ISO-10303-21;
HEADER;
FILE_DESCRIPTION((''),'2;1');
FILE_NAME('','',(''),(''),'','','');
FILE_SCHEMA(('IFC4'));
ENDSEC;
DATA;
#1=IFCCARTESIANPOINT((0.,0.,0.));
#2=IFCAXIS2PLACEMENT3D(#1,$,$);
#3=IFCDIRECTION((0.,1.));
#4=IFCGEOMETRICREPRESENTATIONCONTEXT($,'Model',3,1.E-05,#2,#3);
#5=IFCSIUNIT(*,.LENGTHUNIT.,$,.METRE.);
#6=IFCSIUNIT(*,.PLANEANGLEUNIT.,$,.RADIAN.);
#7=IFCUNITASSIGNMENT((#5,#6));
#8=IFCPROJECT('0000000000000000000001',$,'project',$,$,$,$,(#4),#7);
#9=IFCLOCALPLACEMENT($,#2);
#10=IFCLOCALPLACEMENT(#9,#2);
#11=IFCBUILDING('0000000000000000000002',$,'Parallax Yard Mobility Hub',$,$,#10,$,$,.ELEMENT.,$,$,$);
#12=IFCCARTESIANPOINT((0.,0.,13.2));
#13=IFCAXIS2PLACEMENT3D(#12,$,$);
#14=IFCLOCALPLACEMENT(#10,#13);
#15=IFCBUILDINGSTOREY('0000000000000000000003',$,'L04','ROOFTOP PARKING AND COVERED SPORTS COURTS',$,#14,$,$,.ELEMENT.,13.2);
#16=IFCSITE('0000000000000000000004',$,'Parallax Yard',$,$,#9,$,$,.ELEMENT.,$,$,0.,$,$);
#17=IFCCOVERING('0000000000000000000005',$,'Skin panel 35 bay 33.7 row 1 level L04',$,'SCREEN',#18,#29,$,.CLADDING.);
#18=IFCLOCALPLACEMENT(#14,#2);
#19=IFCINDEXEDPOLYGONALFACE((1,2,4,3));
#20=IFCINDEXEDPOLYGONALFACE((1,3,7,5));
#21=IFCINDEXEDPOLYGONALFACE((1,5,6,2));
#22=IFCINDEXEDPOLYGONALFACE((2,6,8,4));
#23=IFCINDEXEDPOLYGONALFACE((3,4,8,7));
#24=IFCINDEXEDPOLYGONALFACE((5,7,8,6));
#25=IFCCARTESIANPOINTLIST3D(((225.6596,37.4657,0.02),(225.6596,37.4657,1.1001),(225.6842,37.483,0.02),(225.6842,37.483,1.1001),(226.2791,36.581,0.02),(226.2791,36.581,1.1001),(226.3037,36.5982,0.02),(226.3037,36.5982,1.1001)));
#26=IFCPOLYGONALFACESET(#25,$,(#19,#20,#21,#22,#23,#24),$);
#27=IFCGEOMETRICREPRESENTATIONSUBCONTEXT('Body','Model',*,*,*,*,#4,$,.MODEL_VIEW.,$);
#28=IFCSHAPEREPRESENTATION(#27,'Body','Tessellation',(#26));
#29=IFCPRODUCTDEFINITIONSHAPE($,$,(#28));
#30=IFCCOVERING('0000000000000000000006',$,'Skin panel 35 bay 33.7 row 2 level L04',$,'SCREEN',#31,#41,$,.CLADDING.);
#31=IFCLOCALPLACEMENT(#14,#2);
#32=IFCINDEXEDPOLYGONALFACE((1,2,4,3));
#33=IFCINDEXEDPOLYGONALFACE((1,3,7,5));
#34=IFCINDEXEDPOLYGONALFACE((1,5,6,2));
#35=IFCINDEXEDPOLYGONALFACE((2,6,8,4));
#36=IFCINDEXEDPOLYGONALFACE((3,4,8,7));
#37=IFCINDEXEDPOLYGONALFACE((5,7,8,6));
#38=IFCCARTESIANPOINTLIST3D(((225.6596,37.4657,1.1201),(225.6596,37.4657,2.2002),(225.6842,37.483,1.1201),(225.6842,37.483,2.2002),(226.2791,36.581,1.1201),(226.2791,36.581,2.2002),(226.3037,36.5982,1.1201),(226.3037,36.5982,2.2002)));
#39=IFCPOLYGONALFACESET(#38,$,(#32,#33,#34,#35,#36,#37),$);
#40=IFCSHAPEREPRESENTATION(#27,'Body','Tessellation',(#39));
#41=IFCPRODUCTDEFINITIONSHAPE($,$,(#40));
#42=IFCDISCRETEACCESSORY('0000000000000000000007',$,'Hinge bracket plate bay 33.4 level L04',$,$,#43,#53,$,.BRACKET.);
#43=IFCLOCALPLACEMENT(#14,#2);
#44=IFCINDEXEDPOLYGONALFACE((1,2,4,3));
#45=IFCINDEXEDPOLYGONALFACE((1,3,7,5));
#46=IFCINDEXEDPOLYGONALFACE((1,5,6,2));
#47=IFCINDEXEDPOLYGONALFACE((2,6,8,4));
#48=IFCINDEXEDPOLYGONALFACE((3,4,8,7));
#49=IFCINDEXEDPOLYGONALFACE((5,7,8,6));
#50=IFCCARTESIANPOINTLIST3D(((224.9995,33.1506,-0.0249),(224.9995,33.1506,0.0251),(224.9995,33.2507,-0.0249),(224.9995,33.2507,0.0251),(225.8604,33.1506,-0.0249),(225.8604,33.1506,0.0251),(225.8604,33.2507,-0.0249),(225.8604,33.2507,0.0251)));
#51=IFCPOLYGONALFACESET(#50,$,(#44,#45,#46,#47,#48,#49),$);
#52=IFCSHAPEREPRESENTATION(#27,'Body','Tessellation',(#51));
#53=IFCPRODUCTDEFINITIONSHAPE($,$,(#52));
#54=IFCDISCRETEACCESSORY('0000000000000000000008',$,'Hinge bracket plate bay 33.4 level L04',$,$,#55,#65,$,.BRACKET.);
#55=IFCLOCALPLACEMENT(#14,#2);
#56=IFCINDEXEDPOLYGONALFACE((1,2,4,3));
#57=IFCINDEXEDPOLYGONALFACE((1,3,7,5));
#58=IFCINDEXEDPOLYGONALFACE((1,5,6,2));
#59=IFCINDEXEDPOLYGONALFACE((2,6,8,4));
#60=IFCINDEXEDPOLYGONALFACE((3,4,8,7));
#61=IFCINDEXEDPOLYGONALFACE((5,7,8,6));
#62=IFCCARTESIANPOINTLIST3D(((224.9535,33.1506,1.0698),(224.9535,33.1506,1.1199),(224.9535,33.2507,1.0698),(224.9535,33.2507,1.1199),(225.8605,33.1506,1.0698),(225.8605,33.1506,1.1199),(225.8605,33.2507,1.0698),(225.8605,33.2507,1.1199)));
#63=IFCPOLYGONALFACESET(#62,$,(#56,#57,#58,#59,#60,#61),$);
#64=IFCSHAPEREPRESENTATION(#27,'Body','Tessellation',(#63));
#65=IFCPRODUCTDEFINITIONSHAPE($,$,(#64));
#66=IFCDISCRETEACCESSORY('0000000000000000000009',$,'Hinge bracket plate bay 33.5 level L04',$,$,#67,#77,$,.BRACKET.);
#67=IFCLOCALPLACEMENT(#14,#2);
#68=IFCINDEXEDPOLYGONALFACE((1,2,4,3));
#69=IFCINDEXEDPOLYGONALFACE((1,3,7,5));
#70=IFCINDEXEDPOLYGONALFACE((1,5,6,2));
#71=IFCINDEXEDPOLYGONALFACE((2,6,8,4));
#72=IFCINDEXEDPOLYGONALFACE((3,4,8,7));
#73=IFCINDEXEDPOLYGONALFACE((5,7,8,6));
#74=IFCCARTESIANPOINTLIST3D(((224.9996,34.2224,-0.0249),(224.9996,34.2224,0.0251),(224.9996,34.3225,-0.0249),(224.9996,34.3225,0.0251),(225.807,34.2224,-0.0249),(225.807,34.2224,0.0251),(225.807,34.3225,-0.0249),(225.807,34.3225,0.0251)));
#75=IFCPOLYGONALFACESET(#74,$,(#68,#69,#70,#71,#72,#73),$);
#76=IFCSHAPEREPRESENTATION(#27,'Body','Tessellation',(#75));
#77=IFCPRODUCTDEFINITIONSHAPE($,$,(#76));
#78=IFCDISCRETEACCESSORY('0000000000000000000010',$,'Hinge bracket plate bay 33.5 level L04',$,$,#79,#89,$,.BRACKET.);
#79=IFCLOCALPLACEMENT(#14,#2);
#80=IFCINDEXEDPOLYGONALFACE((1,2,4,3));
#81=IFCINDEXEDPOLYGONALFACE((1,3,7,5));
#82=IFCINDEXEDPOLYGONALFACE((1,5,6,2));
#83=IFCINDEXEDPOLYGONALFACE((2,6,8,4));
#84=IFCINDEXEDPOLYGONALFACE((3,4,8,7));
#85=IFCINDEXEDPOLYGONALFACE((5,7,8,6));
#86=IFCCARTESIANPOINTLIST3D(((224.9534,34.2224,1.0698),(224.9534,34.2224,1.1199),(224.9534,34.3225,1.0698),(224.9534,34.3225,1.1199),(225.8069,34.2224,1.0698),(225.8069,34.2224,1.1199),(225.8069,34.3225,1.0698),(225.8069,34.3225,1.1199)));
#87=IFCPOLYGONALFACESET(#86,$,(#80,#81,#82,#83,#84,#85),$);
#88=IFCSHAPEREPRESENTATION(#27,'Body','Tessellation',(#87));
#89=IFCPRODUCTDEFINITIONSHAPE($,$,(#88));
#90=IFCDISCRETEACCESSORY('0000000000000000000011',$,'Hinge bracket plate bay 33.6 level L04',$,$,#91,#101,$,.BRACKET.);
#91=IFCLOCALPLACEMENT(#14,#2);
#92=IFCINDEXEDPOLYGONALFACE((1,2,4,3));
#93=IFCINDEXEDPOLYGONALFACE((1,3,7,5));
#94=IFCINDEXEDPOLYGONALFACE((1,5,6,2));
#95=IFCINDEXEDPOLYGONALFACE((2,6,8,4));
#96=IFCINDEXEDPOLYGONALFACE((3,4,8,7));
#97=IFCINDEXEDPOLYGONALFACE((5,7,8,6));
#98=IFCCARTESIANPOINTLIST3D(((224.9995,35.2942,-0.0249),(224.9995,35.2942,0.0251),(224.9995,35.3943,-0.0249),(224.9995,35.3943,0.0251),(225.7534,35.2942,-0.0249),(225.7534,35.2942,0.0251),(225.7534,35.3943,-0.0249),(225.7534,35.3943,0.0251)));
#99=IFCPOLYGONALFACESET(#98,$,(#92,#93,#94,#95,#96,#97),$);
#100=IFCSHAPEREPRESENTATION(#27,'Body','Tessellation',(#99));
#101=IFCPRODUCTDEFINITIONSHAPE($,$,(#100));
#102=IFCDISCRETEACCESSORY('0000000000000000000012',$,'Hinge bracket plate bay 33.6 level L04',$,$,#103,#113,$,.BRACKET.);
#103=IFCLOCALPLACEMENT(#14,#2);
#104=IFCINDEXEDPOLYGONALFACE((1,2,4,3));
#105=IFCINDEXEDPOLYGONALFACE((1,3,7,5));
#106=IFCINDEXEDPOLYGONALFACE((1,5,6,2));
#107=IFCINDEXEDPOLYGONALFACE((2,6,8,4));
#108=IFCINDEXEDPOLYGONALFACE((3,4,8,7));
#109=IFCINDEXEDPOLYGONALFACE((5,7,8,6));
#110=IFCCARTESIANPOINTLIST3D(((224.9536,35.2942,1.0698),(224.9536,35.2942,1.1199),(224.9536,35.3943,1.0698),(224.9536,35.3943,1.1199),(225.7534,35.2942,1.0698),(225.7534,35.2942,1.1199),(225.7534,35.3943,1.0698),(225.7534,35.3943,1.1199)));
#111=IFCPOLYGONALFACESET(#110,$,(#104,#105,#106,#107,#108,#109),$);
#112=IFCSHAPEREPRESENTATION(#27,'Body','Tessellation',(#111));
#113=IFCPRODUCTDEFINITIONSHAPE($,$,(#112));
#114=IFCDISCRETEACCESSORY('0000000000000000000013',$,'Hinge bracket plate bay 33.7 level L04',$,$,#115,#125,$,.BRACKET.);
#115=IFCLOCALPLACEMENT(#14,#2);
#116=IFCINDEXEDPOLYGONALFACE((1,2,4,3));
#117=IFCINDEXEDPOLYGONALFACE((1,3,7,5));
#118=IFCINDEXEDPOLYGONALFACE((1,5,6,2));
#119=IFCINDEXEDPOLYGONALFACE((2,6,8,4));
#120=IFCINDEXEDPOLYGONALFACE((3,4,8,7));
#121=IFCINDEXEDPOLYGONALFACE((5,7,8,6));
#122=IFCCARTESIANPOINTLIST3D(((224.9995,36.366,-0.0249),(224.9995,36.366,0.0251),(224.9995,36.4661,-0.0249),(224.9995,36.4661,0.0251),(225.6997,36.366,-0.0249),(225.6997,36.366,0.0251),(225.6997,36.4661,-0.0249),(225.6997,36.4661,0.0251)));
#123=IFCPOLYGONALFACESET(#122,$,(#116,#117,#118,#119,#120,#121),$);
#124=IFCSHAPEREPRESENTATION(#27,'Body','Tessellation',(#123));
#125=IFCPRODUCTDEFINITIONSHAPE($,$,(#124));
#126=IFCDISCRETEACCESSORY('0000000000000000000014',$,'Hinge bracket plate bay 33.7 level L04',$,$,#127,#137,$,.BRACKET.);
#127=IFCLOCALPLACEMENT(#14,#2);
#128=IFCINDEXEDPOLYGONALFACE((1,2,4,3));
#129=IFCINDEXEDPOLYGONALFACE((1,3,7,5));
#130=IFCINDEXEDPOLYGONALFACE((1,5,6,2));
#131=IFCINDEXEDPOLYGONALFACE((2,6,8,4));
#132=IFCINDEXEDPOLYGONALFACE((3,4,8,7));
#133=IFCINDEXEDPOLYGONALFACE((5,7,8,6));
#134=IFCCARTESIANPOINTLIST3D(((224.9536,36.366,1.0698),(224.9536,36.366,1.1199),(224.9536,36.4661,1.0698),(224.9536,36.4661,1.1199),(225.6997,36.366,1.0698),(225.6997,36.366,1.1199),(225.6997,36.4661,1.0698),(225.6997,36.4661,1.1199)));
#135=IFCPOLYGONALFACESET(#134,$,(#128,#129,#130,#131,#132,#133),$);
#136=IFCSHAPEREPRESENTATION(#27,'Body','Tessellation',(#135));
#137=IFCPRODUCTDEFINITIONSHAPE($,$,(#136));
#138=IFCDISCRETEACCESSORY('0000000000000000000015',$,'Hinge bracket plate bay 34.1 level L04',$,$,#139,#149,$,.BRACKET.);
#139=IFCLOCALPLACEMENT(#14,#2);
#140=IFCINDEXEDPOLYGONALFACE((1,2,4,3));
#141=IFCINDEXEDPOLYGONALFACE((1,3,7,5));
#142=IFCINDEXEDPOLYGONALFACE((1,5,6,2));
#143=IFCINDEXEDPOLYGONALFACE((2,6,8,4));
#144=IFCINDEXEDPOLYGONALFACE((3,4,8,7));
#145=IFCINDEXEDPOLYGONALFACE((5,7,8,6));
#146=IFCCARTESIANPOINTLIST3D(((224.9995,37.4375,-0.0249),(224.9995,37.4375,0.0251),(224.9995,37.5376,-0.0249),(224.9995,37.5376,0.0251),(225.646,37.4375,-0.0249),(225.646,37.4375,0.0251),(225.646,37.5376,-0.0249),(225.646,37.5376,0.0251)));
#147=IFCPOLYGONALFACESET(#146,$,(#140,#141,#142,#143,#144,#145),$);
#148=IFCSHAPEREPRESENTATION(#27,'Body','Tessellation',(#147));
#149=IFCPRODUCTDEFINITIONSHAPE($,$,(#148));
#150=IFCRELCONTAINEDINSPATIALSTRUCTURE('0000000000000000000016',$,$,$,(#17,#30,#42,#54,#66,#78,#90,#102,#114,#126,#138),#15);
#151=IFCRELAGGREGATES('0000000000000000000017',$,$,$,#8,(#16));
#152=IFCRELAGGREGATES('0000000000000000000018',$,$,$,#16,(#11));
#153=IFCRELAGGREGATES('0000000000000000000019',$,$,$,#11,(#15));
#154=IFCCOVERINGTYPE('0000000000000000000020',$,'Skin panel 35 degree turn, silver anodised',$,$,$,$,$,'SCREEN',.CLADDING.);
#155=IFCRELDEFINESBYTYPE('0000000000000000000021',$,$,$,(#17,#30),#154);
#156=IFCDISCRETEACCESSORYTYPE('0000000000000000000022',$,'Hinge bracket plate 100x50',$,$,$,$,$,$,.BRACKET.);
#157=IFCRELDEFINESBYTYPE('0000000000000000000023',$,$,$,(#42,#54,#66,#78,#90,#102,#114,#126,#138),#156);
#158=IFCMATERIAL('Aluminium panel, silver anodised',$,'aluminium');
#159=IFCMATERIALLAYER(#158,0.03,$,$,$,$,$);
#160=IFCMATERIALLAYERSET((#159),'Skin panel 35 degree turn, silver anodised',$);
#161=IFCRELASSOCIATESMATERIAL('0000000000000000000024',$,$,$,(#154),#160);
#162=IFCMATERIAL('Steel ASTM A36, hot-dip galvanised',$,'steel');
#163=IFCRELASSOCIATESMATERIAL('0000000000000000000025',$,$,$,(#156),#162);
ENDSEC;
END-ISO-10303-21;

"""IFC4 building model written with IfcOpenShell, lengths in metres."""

from ifc_helpers import new_model, si_unit, direction, frame, origin, origin_2d, place, context, subcontext, project, spatial, rectangle, extrude, material, layer, layer_set, type_object, element, save


model = new_model("IFC4")

# Units and contexts
model_context = context("Model", 3, precision=1e-05, world=origin(), true_north=direction((0.0, 1.0)))
body_context = subcontext(model_context, "Body", "Model", "MODEL_VIEW")
ifc_project = project(units=[si_unit("LENGTHUNIT", "METRE"), si_unit("PLANEANGLEUNIT", "RADIAN")], contexts=[model_context])

# Site, building, storey
site_placement = place(None, origin())
site = spatial("IfcSite", under=ifc_project, at=site_placement, Name="Parallax Yard", CompositionType="ELEMENT", RefElevation=0.0)
building_placement = place(site_placement, origin())
building = spatial("IfcBuilding", under=site, at=building_placement, Name="Parallax Yard Mobility Hub", CompositionType="ELEMENT")
storey_placement = place(building_placement, frame((0.0, 0.0, 13.2)))
storey = spatial("IfcBuildingStorey", under=building, at=storey_placement, Name="L04", Description="ROOFTOP PARKING AND COVERED SPORTS COURTS", CompositionType="ELEMENT", Elevation=13.2)

# Coverings
ifc_material_1 = material(Name="Aluminium panel, silver anodised", Category="aluminium")
ifc_layer_1 = layer(ifc_material_1, 0.03)
ifc_layer_set_1 = layer_set([ifc_layer_1], Name="Skin panel 35 degree turn, silver anodised")
covering_type_1 = type_object("IfcCoveringType", Name="Skin panel 35 degree turn, silver anodised", ElementType="SCREEN", PredefinedType="CLADDING", material=ifc_layer_set_1)
for number, where, z_axis, x_axis, name in (
    (1, (225.9817, 37.032, 0.02), (0.0, 0.0, 1.0), (0.573576, -0.819152, 0.0), "Skin panel 35 bay 33.7 row 1 level L04"),
    (2, (225.9817, 37.032, 1.1201), (0.0, 0.0, 1.0), (0.573576, -0.819152, 0.0), "Skin panel 35 bay 33.7 row 2 level L04"),
):
    element("IfcCovering", number, at=place(storey_placement, frame(where, z_axis=z_axis, x_axis=x_axis)), inside=storey, type_object=covering_type_1, Name=name, ObjectType="SCREEN", PredefinedType="CLADDING", context=body_context, shape_type="SweptSolid", body=[
        extrude(rectangle(XDim=1.0801, YDim=0.03, at=origin_2d()), origin(), (0.0, 0.0, 1.0), 1.0801),
    ])

# Discrete accessories
ifc_material_2 = material(Name="Steel ASTM A36, hot-dip galvanised", Category="steel")
discrete_accessory_type_1 = type_object("IfcDiscreteAccessoryType", Name="Hinge bracket plate 100x50", PredefinedType="BRACKET", material=ifc_material_2)
discrete_accessory_1_placement = place(storey_placement, frame((225.4299, 33.2007, -0.0249), z_axis=(0.0, 0.0, 1.0), x_axis=(1.0, 0.0, 0.0)))
element("IfcDiscreteAccessory", 3, at=discrete_accessory_1_placement, inside=storey, type_object=discrete_accessory_type_1, Name="Hinge bracket plate bay 33.4 level L04", PredefinedType="BRACKET", context=body_context, shape_type="SweptSolid", body=[
    extrude(rectangle(XDim=0.8608, YDim=0.1001, at=origin_2d()), origin(), (0.0, 0.0, 1.0), 0.05),
])
discrete_accessory_2_placement = place(storey_placement, frame((225.407, 33.2007, 1.0698), z_axis=(0.0, 0.0, 1.0), x_axis=(1.0, 0.0, 0.0)))
element("IfcDiscreteAccessory", 4, at=discrete_accessory_2_placement, inside=storey, type_object=discrete_accessory_type_1, Name="Hinge bracket plate bay 33.4 level L04", PredefinedType="BRACKET", context=body_context, shape_type="SweptSolid", body=[
    extrude(rectangle(XDim=0.907, YDim=0.1001, at=origin_2d()), origin(), (0.0, 0.0, 1.0), 0.05),
])
discrete_accessory_3_placement = place(storey_placement, frame((225.4033, 34.2725, -0.0249), z_axis=(0.0, 0.0, 1.0), x_axis=(1.0, 0.0, 0.0)))
element("IfcDiscreteAccessory", 5, at=discrete_accessory_3_placement, inside=storey, type_object=discrete_accessory_type_1, Name="Hinge bracket plate bay 33.5 level L04", PredefinedType="BRACKET", context=body_context, shape_type="SweptSolid", body=[
    extrude(rectangle(XDim=0.8074, YDim=0.1001, at=origin_2d()), origin(), (0.0, 0.0, 1.0), 0.05),
])
discrete_accessory_4_placement = place(storey_placement, frame((225.3801, 34.2725, 1.0698), z_axis=(0.0, 0.0, 1.0), x_axis=(1.0, 0.0, 0.0)))
element("IfcDiscreteAccessory", 6, at=discrete_accessory_4_placement, inside=storey, type_object=discrete_accessory_type_1, Name="Hinge bracket plate bay 33.5 level L04", PredefinedType="BRACKET", context=body_context, shape_type="SweptSolid", body=[
    extrude(rectangle(XDim=0.8535, YDim=0.1001, at=origin_2d()), origin(), (0.0, 0.0, 1.0), 0.05),
])
discrete_accessory_5_placement = place(storey_placement, frame((225.3765, 35.3442, -0.0249), z_axis=(0.0, 0.0, 1.0), x_axis=(1.0, 0.0, 0.0)))
element("IfcDiscreteAccessory", 7, at=discrete_accessory_5_placement, inside=storey, type_object=discrete_accessory_type_1, Name="Hinge bracket plate bay 33.6 level L04", PredefinedType="BRACKET", context=body_context, shape_type="SweptSolid", body=[
    extrude(rectangle(XDim=0.7539, YDim=0.1001, at=origin_2d()), origin(), (0.0, 0.0, 1.0), 0.05),
])
discrete_accessory_6_placement = place(storey_placement, frame((225.3535, 35.3442, 1.0698), z_axis=(0.0, 0.0, 1.0), x_axis=(1.0, 0.0, 0.0)))
element("IfcDiscreteAccessory", 8, at=discrete_accessory_6_placement, inside=storey, type_object=discrete_accessory_type_1, Name="Hinge bracket plate bay 33.6 level L04", PredefinedType="BRACKET", context=body_context, shape_type="SweptSolid", body=[
    extrude(rectangle(XDim=0.7998, YDim=0.1001, at=origin_2d()), origin(), (0.0, 0.0, 1.0), 0.05),
])
discrete_accessory_7_placement = place(storey_placement, frame((225.3496, 36.416, -0.0249), z_axis=(0.0, 0.0, 1.0), x_axis=(1.0, 0.0, 0.0)))
element("IfcDiscreteAccessory", 9, at=discrete_accessory_7_placement, inside=storey, type_object=discrete_accessory_type_1, Name="Hinge bracket plate bay 33.7 level L04", PredefinedType="BRACKET", context=body_context, shape_type="SweptSolid", body=[
    extrude(rectangle(XDim=0.7002, YDim=0.1001, at=origin_2d()), origin(), (0.0, 0.0, 1.0), 0.05),
])
discrete_accessory_8_placement = place(storey_placement, frame((225.3267, 36.416, 1.0698), z_axis=(0.0, 0.0, 1.0), x_axis=(1.0, 0.0, 0.0)))
element("IfcDiscreteAccessory", 10, at=discrete_accessory_8_placement, inside=storey, type_object=discrete_accessory_type_1, Name="Hinge bracket plate bay 33.7 level L04", PredefinedType="BRACKET", context=body_context, shape_type="SweptSolid", body=[
    extrude(rectangle(XDim=0.7461, YDim=0.1001, at=origin_2d()), origin(), (0.0, 0.0, 1.0), 0.05),
])
discrete_accessory_9_placement = place(storey_placement, frame((225.3228, 37.4875, -0.0249), z_axis=(0.0, 0.0, 1.0), x_axis=(1.0, 0.0, 0.0)))
element("IfcDiscreteAccessory", 11, at=discrete_accessory_9_placement, inside=storey, type_object=discrete_accessory_type_1, Name="Hinge bracket plate bay 34.1 level L04", PredefinedType="BRACKET", context=body_context, shape_type="SweptSolid", body=[
    extrude(rectangle(XDim=0.6465, YDim=0.1001, at=origin_2d()), origin(), (0.0, 0.0, 1.0), 0.05),
])

save(model, "model.ifc")
